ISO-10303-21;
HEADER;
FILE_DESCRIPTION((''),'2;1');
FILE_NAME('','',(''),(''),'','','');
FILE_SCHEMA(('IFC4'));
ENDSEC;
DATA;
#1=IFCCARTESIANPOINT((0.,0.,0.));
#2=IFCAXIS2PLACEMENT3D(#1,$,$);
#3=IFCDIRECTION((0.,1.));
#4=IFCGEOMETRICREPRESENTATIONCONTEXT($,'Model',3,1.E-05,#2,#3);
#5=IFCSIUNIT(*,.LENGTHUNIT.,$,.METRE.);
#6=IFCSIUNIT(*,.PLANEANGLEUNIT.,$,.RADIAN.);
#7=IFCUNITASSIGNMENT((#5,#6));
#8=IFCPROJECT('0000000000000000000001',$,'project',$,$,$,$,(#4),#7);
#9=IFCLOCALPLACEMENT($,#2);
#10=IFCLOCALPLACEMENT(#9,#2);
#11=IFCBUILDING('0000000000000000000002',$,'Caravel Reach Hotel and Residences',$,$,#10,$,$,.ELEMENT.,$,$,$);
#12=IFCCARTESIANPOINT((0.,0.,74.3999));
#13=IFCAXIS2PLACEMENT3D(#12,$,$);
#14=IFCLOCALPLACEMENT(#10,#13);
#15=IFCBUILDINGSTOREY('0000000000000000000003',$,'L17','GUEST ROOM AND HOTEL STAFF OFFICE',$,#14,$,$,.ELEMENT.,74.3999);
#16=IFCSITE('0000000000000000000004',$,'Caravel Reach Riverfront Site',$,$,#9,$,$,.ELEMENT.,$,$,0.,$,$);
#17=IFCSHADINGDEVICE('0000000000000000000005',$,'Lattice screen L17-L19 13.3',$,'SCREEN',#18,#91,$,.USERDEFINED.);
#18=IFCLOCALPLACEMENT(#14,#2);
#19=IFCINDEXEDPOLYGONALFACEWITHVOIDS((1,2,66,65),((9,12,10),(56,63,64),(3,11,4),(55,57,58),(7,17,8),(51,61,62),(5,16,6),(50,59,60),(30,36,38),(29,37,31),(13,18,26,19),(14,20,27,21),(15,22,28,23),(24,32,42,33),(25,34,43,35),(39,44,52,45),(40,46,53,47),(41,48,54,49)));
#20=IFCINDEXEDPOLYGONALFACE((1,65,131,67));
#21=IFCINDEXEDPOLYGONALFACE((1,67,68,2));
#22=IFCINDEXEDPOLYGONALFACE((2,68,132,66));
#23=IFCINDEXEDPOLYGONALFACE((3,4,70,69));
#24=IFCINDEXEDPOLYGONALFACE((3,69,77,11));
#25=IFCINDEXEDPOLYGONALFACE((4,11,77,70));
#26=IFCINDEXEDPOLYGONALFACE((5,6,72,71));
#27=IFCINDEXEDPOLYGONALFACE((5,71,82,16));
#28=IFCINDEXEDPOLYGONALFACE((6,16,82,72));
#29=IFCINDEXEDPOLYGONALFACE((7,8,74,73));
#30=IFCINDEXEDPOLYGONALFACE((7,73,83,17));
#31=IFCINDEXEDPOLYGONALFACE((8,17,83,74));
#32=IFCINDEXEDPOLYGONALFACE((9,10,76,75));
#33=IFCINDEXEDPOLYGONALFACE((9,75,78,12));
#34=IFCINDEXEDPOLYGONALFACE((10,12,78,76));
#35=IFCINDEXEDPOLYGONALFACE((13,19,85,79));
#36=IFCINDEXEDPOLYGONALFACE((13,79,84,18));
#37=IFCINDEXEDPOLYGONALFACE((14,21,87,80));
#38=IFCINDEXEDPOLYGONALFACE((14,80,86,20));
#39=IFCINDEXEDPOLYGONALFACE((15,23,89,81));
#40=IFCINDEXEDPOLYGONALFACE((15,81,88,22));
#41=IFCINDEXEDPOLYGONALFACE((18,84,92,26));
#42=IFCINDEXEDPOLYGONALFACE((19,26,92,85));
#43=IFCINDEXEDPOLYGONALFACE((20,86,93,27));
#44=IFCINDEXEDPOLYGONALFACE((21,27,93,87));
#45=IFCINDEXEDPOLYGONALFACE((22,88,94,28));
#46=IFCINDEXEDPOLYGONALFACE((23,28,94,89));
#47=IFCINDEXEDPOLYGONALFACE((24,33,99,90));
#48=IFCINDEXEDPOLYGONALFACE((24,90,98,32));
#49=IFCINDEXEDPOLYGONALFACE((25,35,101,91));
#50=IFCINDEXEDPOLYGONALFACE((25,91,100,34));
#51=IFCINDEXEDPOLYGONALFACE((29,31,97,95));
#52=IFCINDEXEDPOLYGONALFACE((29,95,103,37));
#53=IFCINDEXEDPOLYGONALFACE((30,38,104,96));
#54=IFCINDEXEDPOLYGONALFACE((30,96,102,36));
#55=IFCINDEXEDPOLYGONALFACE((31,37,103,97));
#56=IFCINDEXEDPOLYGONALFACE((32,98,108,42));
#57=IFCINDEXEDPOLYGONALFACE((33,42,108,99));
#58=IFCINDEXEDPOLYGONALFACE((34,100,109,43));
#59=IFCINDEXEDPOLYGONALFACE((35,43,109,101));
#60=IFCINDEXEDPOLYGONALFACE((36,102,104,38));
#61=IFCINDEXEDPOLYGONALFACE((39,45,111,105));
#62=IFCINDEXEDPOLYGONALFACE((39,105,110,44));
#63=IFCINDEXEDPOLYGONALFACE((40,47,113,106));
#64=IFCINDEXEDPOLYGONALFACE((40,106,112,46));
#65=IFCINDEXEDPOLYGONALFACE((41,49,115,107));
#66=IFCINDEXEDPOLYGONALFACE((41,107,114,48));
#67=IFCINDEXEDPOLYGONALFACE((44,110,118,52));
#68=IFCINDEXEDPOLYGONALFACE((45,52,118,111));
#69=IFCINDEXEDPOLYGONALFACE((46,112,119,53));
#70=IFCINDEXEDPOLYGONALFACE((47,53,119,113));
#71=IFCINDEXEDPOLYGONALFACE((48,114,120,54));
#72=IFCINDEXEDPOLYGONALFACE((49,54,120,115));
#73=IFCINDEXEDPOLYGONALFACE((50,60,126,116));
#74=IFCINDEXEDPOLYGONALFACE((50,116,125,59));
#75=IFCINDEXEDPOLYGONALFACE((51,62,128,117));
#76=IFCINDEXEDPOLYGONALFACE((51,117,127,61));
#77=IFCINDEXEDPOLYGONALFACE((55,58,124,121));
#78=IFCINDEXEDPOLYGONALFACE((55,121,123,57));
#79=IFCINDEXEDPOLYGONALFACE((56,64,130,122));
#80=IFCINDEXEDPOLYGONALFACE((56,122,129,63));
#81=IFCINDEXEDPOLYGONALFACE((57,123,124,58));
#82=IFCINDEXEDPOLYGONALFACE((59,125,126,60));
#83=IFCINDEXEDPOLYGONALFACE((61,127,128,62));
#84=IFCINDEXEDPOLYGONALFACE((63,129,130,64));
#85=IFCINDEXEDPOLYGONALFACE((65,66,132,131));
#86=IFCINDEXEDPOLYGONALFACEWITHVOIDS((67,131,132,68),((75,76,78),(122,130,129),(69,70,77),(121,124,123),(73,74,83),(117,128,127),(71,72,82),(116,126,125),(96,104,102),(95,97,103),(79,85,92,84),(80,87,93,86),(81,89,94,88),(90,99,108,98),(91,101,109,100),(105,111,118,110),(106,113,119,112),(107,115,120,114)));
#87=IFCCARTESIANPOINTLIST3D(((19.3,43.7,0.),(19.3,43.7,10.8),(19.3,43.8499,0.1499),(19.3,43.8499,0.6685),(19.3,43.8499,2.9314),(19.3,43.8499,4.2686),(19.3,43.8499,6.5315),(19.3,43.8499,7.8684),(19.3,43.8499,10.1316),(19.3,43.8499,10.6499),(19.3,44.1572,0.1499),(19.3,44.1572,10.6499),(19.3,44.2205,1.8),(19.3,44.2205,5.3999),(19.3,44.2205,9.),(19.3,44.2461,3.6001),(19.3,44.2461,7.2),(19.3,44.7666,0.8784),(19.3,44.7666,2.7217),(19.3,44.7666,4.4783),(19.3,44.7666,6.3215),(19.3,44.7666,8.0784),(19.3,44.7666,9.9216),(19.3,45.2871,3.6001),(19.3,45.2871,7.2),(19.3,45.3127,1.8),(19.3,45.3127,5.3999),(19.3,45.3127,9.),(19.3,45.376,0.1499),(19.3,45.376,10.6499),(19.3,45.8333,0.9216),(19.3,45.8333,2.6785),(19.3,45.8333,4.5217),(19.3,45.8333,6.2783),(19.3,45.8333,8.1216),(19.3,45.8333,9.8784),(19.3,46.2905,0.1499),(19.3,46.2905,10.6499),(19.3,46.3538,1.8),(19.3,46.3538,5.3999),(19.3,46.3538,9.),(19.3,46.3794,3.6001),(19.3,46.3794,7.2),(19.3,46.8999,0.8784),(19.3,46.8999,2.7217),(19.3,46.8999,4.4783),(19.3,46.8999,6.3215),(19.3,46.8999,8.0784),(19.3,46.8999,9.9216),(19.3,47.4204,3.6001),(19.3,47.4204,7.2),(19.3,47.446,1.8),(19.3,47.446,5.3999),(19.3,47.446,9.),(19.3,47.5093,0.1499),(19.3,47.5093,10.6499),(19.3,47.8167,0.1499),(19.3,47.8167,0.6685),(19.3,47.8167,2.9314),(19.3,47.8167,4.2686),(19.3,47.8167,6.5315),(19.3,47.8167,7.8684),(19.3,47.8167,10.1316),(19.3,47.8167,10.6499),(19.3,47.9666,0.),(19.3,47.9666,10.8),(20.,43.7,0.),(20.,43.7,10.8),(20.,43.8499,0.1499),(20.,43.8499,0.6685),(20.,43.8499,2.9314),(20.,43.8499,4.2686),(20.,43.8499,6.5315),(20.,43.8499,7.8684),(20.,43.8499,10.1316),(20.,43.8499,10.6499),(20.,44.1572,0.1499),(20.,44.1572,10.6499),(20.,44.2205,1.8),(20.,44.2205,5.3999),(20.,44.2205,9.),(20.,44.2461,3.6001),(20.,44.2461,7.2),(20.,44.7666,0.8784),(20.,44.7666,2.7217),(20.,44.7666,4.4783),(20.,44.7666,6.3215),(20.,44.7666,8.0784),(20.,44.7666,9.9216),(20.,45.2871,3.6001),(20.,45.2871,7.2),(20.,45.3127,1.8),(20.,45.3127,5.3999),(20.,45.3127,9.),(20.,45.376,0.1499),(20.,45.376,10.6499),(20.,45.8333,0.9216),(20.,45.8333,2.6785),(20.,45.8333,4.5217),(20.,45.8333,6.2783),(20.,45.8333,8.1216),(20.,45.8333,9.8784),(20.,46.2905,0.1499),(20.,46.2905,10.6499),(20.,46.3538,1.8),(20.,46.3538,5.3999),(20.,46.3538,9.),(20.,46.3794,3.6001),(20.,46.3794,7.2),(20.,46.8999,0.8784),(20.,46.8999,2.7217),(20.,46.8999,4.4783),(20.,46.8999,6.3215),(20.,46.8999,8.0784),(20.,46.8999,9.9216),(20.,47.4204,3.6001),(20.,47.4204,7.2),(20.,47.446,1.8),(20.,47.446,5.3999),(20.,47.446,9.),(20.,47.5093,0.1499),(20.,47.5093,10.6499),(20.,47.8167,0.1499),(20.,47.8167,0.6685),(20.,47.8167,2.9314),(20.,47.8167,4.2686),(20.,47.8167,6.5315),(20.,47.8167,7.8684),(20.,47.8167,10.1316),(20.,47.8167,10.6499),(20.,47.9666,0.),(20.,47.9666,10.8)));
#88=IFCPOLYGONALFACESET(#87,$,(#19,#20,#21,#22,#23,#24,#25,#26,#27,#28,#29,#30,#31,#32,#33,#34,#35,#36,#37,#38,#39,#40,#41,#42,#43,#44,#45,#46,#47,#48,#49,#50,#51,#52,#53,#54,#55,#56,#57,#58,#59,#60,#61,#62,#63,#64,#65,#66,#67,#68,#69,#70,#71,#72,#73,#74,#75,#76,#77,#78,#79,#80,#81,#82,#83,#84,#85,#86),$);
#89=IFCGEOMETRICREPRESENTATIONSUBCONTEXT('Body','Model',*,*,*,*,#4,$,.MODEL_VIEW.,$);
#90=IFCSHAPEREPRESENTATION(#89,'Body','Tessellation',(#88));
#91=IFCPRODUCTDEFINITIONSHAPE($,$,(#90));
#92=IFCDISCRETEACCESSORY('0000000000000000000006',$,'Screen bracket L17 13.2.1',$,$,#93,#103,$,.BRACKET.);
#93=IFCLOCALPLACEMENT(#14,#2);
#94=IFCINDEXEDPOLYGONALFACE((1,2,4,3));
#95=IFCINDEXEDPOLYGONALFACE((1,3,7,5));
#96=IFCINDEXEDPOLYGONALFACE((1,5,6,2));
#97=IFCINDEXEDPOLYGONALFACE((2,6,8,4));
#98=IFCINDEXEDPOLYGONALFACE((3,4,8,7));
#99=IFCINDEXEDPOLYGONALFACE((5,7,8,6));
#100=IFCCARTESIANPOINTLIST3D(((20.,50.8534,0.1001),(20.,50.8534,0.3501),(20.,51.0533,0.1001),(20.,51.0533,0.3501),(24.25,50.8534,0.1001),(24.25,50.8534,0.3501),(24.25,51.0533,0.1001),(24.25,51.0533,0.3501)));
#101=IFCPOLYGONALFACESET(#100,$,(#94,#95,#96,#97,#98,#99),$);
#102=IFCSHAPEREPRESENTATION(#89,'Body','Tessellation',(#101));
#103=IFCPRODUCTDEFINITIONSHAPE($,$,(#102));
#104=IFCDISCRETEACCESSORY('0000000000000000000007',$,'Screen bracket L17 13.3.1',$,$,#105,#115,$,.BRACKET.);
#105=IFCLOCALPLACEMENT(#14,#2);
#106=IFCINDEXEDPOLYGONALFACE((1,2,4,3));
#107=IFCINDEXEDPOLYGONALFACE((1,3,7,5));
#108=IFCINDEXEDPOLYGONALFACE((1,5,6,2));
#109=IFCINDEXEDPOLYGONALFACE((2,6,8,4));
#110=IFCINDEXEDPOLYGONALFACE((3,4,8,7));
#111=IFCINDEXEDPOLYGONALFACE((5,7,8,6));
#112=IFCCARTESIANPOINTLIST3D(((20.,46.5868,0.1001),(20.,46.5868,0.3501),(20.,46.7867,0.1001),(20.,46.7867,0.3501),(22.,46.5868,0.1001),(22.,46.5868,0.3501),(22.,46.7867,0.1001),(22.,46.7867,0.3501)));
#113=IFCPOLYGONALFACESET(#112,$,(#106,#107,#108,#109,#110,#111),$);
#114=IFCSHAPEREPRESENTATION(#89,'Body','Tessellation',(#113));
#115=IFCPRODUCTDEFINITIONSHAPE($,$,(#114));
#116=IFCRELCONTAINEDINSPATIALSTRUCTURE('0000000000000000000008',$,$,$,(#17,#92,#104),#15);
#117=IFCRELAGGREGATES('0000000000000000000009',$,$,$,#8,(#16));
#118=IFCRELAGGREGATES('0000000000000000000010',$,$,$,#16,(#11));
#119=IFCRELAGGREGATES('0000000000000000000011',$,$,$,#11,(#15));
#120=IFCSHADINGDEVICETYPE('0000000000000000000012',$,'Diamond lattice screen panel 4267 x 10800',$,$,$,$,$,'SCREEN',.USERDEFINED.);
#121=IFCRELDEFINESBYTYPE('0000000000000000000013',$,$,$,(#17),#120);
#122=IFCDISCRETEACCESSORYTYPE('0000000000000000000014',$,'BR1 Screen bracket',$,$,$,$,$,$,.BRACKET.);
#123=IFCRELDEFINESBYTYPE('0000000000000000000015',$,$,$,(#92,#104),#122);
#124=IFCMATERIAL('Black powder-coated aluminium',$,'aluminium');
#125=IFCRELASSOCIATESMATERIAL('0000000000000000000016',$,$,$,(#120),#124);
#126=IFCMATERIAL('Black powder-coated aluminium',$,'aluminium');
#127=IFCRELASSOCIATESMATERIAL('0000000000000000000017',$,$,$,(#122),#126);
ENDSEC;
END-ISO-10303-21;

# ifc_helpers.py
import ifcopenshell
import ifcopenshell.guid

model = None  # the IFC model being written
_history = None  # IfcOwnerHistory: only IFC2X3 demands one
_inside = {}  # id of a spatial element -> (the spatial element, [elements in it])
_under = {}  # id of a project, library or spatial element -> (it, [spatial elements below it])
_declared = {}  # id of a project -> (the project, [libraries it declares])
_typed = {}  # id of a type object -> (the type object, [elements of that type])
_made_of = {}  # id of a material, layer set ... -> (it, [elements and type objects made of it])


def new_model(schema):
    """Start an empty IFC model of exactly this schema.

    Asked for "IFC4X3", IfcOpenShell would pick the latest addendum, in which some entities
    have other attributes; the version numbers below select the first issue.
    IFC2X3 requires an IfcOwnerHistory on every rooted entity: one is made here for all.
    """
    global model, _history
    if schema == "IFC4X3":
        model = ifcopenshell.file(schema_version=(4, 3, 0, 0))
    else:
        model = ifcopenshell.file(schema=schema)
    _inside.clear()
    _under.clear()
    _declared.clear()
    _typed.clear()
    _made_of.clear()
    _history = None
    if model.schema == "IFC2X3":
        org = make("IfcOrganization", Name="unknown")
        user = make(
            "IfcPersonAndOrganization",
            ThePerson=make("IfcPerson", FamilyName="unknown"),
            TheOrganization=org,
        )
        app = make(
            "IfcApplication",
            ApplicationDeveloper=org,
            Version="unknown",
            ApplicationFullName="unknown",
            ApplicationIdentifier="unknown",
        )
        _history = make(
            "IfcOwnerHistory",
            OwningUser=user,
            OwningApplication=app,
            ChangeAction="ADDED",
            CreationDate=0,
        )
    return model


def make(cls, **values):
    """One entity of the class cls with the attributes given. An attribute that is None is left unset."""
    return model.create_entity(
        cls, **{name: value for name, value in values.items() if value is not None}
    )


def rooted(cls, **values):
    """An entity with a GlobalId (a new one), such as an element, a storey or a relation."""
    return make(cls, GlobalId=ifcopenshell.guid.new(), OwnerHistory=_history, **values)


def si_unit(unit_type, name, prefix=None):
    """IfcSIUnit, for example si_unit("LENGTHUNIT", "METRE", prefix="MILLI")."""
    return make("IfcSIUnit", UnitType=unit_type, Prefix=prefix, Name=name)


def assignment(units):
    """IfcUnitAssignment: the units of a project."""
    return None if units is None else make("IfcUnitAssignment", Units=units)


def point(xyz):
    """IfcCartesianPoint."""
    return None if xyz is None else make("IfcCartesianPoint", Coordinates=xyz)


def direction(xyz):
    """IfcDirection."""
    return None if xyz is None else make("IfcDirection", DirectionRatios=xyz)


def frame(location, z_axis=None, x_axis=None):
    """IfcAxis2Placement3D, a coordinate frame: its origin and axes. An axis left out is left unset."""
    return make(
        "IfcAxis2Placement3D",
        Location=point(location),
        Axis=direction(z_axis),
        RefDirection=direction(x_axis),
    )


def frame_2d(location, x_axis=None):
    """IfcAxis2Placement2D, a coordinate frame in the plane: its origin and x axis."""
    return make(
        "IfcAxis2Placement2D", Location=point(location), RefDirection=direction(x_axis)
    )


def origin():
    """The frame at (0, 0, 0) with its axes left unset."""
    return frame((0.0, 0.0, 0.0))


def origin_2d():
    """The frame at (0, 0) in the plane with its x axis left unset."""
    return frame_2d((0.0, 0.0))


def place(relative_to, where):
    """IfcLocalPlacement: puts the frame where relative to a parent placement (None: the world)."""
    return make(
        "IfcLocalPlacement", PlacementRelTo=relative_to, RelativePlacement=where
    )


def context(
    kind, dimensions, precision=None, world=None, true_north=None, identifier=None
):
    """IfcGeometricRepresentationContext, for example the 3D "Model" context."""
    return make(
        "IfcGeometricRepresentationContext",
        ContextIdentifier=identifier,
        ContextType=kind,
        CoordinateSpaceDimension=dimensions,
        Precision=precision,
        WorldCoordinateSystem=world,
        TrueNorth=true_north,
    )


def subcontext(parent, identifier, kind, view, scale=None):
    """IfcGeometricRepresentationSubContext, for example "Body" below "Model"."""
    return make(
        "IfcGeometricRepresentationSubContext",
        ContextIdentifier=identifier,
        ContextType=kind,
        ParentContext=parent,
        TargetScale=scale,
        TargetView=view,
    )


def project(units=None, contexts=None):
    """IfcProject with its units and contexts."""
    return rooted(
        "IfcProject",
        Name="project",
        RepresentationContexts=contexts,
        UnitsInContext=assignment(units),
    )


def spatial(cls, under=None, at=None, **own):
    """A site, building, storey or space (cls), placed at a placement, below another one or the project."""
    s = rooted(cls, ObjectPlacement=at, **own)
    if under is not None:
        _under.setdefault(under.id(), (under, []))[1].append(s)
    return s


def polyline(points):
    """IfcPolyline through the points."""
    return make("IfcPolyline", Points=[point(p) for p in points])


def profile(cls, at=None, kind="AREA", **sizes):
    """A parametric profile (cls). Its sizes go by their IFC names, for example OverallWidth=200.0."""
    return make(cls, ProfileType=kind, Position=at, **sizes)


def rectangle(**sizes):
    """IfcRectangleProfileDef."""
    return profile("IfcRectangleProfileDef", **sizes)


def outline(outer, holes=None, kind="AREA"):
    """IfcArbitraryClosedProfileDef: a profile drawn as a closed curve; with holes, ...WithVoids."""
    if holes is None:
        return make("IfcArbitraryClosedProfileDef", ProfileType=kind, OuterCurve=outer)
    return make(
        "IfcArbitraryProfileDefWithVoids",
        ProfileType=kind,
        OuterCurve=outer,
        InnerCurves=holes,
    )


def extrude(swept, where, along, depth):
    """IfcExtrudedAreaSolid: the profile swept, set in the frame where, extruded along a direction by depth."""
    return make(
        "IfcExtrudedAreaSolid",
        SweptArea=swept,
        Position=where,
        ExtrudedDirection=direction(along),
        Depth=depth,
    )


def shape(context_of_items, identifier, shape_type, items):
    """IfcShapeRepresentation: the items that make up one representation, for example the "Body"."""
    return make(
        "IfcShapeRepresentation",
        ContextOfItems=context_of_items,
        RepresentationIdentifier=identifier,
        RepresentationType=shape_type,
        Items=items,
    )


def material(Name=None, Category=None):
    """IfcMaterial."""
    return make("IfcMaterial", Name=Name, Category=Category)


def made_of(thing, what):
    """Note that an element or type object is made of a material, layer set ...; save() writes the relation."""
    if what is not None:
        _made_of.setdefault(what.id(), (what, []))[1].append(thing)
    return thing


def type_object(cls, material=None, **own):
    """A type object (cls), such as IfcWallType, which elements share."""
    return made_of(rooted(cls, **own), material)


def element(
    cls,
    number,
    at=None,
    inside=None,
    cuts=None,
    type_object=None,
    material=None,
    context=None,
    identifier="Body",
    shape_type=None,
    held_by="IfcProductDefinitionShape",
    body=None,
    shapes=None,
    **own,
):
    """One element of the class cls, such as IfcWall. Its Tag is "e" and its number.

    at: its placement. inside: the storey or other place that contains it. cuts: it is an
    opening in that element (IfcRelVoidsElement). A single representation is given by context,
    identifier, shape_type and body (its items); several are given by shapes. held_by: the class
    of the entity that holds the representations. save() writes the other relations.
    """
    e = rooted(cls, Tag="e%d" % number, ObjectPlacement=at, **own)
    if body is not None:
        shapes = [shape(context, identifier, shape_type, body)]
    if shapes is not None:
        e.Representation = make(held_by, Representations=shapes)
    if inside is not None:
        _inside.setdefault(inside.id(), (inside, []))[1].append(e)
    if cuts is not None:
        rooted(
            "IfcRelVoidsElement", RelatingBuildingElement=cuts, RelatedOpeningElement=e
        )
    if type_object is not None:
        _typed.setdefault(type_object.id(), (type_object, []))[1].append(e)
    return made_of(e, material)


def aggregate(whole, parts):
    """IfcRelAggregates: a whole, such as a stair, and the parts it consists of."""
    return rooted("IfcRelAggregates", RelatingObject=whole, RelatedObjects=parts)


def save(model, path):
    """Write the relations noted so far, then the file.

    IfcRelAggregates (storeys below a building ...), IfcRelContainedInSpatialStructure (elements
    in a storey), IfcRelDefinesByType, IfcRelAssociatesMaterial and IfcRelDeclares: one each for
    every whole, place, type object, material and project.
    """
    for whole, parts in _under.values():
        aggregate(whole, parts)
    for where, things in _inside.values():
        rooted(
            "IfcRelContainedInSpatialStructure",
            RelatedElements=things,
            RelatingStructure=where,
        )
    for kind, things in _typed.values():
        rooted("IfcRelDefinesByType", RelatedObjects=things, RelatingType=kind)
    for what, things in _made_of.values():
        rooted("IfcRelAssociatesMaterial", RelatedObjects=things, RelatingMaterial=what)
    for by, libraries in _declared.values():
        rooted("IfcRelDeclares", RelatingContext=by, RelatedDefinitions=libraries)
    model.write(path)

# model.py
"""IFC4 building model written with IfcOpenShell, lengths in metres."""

from ifc_helpers import new_model, si_unit, direction, frame, origin, origin_2d, place, context, subcontext, project, spatial, polyline, rectangle, outline, extrude, material, type_object, element, save


model = new_model("IFC4")

# Units and contexts
model_context = context("Model", 3, precision=1e-05, world=origin(), true_north=direction((0.0, 1.0)))
body_context = subcontext(model_context, "Body", "Model", "MODEL_VIEW")
ifc_project = project(units=[si_unit("LENGTHUNIT", "METRE"), si_unit("PLANEANGLEUNIT", "RADIAN")], contexts=[model_context])

# Site, building, storey
site_placement = place(None, origin())
site = spatial("IfcSite", under=ifc_project, at=site_placement, Name="Caravel Reach Riverfront Site", CompositionType="ELEMENT", RefElevation=0.0)
building_placement = place(site_placement, origin())
building = spatial("IfcBuilding", under=site, at=building_placement, Name="Caravel Reach Hotel and Residences", CompositionType="ELEMENT")
storey_placement = place(building_placement, frame((0.0, 0.0, 74.3999)))
storey = spatial("IfcBuildingStorey", under=building, at=storey_placement, Name="L17", Description="GUEST ROOM AND HOTEL STAFF OFFICE", CompositionType="ELEMENT", Elevation=74.3999)

# Shading device
ifc_material_1 = material(Name="Black powder-coated aluminium", Category="aluminium")
shading_device_type = type_object("IfcShadingDeviceType", Name="Diamond lattice screen panel 4267 x 10800", ElementType="SCREEN", PredefinedType="USERDEFINED", material=ifc_material_1)
shading_device_placement = place(storey_placement, frame((20.0, 47.9666, 0.0), z_axis=(-1.0, 0.0, 0.0), x_axis=(0.0, -1.0, 0.0)))
element("IfcShadingDevice", 1, at=shading_device_placement, inside=storey, type_object=shading_device_type, Name="Lattice screen L17-L19 13.3", ObjectType="SCREEN", PredefinedType="USERDEFINED", context=body_context, shape_type="SweptSolid", body=[
    extrude(outline(polyline([(0.0, 0.0), (4.2666, 0.0), (4.2666, 10.8), (0.0, 10.8), (0.0, 0.0)]), holes=[polyline([(0.4573, 0.1499), (0.1499, 0.6685), (0.1499, 0.1499), (0.4573, 0.1499)]), polyline([(0.5461, 3.6001), (0.1499, 4.2686), (0.1499, 2.9314), (0.5461, 3.6001)]), polyline([(0.5461, 7.2), (0.1499, 7.8684), (0.1499, 6.5315), (0.5461, 7.2)]), polyline([(0.1499, 10.1316), (0.4573, 10.6499), (0.1499, 10.6499), (0.1499, 10.1316)]), polyline([(1.0667, 2.7217), (0.5205, 1.8), (1.0667, 0.8784), (1.6128, 1.8), (1.0667, 2.7217)]), polyline([(1.0667, 6.3215), (0.5205, 5.3999), (1.0667, 4.4783), (1.6128, 5.3999), (1.0667, 6.3215)]), polyline([(1.0667, 9.9216), (0.5205, 9.0), (1.0667, 8.0784), (1.6128, 9.0), (1.0667, 9.9216)]), polyline([(2.1333, 0.9216), (1.676, 0.1499), (2.5906, 0.1499), (2.1333, 0.9216)]), polyline([(2.1333, 4.5217), (1.5872, 3.6001), (2.1333, 2.6785), (2.6794, 3.6001), (2.1333, 4.5217)]), polyline([(2.1333, 8.1216), (1.5872, 7.2), (2.1333, 6.2783), (2.6794, 7.2), (2.1333, 8.1216)]), polyline([(2.1333, 9.8784), (2.5906, 10.6499), (1.676, 10.6499), (2.1333, 9.8784)]), polyline([(3.2, 2.7217), (2.6538, 1.8), (3.2, 0.8784), (3.7461, 1.8), (3.2, 2.7217)]), polyline([(3.2, 6.3215), (2.6538, 5.3999), (3.2, 4.4783), (3.7461, 5.3999), (3.2, 6.3215)]), polyline([(3.2, 9.9216), (2.6538, 9.0), (3.2, 8.0784), (3.7461, 9.0), (3.2, 9.9216)]), polyline([(4.1167, 0.6685), (3.8093, 0.1499), (4.1167, 0.1499), (4.1167, 0.6685)]), polyline([(3.7205, 3.6001), (4.1167, 2.9314), (4.1167, 4.2686), (3.7205, 3.6001)]), polyline([(3.7205, 7.2), (4.1167, 6.5315), (4.1167, 7.8684), (3.7205, 7.2)]), polyline([(3.8093, 10.6499), (4.1167, 10.1316), (4.1167, 10.6499), (3.8093, 10.6499)])]), origin(), (0.0, 0.0, 1.0), 0.7),
])

# Discrete accessories
ifc_material_2 = material(Name="Black powder-coated aluminium", Category="aluminium")
discrete_accessory_type = type_object("IfcDiscreteAccessoryType", Name="BR1 Screen bracket", PredefinedType="BRACKET", material=ifc_material_2)
discrete_accessory_1_placement = place(storey_placement, frame((22.125, 50.9534, 0.1001), z_axis=(0.0, 0.0, 1.0), x_axis=(-1.0, 0.0, 0.0)))
element("IfcDiscreteAccessory", 2, at=discrete_accessory_1_placement, inside=storey, type_object=discrete_accessory_type, Name="Screen bracket L17 13.2.1", PredefinedType="BRACKET", context=body_context, shape_type="SweptSolid", body=[
    extrude(rectangle(XDim=4.25, YDim=0.2, at=origin_2d()), origin(), (0.0, 0.0, 1.0), 0.25),
])
discrete_accessory_2_placement = place(storey_placement, frame((21.0, 46.6868, 0.1001), z_axis=(0.0, 0.0, 1.0), x_axis=(-1.0, 0.0, 0.0)))
element("IfcDiscreteAccessory", 3, at=discrete_accessory_2_placement, inside=storey, type_object=discrete_accessory_type, Name="Screen bracket L17 13.3.1", PredefinedType="BRACKET", context=body_context, shape_type="SweptSolid", body=[
    extrude(rectangle(XDim=2.0, YDim=0.2, at=origin_2d()), origin(), (0.0, 0.0, 1.0), 0.25),
])

save(model, "model.ifc")
